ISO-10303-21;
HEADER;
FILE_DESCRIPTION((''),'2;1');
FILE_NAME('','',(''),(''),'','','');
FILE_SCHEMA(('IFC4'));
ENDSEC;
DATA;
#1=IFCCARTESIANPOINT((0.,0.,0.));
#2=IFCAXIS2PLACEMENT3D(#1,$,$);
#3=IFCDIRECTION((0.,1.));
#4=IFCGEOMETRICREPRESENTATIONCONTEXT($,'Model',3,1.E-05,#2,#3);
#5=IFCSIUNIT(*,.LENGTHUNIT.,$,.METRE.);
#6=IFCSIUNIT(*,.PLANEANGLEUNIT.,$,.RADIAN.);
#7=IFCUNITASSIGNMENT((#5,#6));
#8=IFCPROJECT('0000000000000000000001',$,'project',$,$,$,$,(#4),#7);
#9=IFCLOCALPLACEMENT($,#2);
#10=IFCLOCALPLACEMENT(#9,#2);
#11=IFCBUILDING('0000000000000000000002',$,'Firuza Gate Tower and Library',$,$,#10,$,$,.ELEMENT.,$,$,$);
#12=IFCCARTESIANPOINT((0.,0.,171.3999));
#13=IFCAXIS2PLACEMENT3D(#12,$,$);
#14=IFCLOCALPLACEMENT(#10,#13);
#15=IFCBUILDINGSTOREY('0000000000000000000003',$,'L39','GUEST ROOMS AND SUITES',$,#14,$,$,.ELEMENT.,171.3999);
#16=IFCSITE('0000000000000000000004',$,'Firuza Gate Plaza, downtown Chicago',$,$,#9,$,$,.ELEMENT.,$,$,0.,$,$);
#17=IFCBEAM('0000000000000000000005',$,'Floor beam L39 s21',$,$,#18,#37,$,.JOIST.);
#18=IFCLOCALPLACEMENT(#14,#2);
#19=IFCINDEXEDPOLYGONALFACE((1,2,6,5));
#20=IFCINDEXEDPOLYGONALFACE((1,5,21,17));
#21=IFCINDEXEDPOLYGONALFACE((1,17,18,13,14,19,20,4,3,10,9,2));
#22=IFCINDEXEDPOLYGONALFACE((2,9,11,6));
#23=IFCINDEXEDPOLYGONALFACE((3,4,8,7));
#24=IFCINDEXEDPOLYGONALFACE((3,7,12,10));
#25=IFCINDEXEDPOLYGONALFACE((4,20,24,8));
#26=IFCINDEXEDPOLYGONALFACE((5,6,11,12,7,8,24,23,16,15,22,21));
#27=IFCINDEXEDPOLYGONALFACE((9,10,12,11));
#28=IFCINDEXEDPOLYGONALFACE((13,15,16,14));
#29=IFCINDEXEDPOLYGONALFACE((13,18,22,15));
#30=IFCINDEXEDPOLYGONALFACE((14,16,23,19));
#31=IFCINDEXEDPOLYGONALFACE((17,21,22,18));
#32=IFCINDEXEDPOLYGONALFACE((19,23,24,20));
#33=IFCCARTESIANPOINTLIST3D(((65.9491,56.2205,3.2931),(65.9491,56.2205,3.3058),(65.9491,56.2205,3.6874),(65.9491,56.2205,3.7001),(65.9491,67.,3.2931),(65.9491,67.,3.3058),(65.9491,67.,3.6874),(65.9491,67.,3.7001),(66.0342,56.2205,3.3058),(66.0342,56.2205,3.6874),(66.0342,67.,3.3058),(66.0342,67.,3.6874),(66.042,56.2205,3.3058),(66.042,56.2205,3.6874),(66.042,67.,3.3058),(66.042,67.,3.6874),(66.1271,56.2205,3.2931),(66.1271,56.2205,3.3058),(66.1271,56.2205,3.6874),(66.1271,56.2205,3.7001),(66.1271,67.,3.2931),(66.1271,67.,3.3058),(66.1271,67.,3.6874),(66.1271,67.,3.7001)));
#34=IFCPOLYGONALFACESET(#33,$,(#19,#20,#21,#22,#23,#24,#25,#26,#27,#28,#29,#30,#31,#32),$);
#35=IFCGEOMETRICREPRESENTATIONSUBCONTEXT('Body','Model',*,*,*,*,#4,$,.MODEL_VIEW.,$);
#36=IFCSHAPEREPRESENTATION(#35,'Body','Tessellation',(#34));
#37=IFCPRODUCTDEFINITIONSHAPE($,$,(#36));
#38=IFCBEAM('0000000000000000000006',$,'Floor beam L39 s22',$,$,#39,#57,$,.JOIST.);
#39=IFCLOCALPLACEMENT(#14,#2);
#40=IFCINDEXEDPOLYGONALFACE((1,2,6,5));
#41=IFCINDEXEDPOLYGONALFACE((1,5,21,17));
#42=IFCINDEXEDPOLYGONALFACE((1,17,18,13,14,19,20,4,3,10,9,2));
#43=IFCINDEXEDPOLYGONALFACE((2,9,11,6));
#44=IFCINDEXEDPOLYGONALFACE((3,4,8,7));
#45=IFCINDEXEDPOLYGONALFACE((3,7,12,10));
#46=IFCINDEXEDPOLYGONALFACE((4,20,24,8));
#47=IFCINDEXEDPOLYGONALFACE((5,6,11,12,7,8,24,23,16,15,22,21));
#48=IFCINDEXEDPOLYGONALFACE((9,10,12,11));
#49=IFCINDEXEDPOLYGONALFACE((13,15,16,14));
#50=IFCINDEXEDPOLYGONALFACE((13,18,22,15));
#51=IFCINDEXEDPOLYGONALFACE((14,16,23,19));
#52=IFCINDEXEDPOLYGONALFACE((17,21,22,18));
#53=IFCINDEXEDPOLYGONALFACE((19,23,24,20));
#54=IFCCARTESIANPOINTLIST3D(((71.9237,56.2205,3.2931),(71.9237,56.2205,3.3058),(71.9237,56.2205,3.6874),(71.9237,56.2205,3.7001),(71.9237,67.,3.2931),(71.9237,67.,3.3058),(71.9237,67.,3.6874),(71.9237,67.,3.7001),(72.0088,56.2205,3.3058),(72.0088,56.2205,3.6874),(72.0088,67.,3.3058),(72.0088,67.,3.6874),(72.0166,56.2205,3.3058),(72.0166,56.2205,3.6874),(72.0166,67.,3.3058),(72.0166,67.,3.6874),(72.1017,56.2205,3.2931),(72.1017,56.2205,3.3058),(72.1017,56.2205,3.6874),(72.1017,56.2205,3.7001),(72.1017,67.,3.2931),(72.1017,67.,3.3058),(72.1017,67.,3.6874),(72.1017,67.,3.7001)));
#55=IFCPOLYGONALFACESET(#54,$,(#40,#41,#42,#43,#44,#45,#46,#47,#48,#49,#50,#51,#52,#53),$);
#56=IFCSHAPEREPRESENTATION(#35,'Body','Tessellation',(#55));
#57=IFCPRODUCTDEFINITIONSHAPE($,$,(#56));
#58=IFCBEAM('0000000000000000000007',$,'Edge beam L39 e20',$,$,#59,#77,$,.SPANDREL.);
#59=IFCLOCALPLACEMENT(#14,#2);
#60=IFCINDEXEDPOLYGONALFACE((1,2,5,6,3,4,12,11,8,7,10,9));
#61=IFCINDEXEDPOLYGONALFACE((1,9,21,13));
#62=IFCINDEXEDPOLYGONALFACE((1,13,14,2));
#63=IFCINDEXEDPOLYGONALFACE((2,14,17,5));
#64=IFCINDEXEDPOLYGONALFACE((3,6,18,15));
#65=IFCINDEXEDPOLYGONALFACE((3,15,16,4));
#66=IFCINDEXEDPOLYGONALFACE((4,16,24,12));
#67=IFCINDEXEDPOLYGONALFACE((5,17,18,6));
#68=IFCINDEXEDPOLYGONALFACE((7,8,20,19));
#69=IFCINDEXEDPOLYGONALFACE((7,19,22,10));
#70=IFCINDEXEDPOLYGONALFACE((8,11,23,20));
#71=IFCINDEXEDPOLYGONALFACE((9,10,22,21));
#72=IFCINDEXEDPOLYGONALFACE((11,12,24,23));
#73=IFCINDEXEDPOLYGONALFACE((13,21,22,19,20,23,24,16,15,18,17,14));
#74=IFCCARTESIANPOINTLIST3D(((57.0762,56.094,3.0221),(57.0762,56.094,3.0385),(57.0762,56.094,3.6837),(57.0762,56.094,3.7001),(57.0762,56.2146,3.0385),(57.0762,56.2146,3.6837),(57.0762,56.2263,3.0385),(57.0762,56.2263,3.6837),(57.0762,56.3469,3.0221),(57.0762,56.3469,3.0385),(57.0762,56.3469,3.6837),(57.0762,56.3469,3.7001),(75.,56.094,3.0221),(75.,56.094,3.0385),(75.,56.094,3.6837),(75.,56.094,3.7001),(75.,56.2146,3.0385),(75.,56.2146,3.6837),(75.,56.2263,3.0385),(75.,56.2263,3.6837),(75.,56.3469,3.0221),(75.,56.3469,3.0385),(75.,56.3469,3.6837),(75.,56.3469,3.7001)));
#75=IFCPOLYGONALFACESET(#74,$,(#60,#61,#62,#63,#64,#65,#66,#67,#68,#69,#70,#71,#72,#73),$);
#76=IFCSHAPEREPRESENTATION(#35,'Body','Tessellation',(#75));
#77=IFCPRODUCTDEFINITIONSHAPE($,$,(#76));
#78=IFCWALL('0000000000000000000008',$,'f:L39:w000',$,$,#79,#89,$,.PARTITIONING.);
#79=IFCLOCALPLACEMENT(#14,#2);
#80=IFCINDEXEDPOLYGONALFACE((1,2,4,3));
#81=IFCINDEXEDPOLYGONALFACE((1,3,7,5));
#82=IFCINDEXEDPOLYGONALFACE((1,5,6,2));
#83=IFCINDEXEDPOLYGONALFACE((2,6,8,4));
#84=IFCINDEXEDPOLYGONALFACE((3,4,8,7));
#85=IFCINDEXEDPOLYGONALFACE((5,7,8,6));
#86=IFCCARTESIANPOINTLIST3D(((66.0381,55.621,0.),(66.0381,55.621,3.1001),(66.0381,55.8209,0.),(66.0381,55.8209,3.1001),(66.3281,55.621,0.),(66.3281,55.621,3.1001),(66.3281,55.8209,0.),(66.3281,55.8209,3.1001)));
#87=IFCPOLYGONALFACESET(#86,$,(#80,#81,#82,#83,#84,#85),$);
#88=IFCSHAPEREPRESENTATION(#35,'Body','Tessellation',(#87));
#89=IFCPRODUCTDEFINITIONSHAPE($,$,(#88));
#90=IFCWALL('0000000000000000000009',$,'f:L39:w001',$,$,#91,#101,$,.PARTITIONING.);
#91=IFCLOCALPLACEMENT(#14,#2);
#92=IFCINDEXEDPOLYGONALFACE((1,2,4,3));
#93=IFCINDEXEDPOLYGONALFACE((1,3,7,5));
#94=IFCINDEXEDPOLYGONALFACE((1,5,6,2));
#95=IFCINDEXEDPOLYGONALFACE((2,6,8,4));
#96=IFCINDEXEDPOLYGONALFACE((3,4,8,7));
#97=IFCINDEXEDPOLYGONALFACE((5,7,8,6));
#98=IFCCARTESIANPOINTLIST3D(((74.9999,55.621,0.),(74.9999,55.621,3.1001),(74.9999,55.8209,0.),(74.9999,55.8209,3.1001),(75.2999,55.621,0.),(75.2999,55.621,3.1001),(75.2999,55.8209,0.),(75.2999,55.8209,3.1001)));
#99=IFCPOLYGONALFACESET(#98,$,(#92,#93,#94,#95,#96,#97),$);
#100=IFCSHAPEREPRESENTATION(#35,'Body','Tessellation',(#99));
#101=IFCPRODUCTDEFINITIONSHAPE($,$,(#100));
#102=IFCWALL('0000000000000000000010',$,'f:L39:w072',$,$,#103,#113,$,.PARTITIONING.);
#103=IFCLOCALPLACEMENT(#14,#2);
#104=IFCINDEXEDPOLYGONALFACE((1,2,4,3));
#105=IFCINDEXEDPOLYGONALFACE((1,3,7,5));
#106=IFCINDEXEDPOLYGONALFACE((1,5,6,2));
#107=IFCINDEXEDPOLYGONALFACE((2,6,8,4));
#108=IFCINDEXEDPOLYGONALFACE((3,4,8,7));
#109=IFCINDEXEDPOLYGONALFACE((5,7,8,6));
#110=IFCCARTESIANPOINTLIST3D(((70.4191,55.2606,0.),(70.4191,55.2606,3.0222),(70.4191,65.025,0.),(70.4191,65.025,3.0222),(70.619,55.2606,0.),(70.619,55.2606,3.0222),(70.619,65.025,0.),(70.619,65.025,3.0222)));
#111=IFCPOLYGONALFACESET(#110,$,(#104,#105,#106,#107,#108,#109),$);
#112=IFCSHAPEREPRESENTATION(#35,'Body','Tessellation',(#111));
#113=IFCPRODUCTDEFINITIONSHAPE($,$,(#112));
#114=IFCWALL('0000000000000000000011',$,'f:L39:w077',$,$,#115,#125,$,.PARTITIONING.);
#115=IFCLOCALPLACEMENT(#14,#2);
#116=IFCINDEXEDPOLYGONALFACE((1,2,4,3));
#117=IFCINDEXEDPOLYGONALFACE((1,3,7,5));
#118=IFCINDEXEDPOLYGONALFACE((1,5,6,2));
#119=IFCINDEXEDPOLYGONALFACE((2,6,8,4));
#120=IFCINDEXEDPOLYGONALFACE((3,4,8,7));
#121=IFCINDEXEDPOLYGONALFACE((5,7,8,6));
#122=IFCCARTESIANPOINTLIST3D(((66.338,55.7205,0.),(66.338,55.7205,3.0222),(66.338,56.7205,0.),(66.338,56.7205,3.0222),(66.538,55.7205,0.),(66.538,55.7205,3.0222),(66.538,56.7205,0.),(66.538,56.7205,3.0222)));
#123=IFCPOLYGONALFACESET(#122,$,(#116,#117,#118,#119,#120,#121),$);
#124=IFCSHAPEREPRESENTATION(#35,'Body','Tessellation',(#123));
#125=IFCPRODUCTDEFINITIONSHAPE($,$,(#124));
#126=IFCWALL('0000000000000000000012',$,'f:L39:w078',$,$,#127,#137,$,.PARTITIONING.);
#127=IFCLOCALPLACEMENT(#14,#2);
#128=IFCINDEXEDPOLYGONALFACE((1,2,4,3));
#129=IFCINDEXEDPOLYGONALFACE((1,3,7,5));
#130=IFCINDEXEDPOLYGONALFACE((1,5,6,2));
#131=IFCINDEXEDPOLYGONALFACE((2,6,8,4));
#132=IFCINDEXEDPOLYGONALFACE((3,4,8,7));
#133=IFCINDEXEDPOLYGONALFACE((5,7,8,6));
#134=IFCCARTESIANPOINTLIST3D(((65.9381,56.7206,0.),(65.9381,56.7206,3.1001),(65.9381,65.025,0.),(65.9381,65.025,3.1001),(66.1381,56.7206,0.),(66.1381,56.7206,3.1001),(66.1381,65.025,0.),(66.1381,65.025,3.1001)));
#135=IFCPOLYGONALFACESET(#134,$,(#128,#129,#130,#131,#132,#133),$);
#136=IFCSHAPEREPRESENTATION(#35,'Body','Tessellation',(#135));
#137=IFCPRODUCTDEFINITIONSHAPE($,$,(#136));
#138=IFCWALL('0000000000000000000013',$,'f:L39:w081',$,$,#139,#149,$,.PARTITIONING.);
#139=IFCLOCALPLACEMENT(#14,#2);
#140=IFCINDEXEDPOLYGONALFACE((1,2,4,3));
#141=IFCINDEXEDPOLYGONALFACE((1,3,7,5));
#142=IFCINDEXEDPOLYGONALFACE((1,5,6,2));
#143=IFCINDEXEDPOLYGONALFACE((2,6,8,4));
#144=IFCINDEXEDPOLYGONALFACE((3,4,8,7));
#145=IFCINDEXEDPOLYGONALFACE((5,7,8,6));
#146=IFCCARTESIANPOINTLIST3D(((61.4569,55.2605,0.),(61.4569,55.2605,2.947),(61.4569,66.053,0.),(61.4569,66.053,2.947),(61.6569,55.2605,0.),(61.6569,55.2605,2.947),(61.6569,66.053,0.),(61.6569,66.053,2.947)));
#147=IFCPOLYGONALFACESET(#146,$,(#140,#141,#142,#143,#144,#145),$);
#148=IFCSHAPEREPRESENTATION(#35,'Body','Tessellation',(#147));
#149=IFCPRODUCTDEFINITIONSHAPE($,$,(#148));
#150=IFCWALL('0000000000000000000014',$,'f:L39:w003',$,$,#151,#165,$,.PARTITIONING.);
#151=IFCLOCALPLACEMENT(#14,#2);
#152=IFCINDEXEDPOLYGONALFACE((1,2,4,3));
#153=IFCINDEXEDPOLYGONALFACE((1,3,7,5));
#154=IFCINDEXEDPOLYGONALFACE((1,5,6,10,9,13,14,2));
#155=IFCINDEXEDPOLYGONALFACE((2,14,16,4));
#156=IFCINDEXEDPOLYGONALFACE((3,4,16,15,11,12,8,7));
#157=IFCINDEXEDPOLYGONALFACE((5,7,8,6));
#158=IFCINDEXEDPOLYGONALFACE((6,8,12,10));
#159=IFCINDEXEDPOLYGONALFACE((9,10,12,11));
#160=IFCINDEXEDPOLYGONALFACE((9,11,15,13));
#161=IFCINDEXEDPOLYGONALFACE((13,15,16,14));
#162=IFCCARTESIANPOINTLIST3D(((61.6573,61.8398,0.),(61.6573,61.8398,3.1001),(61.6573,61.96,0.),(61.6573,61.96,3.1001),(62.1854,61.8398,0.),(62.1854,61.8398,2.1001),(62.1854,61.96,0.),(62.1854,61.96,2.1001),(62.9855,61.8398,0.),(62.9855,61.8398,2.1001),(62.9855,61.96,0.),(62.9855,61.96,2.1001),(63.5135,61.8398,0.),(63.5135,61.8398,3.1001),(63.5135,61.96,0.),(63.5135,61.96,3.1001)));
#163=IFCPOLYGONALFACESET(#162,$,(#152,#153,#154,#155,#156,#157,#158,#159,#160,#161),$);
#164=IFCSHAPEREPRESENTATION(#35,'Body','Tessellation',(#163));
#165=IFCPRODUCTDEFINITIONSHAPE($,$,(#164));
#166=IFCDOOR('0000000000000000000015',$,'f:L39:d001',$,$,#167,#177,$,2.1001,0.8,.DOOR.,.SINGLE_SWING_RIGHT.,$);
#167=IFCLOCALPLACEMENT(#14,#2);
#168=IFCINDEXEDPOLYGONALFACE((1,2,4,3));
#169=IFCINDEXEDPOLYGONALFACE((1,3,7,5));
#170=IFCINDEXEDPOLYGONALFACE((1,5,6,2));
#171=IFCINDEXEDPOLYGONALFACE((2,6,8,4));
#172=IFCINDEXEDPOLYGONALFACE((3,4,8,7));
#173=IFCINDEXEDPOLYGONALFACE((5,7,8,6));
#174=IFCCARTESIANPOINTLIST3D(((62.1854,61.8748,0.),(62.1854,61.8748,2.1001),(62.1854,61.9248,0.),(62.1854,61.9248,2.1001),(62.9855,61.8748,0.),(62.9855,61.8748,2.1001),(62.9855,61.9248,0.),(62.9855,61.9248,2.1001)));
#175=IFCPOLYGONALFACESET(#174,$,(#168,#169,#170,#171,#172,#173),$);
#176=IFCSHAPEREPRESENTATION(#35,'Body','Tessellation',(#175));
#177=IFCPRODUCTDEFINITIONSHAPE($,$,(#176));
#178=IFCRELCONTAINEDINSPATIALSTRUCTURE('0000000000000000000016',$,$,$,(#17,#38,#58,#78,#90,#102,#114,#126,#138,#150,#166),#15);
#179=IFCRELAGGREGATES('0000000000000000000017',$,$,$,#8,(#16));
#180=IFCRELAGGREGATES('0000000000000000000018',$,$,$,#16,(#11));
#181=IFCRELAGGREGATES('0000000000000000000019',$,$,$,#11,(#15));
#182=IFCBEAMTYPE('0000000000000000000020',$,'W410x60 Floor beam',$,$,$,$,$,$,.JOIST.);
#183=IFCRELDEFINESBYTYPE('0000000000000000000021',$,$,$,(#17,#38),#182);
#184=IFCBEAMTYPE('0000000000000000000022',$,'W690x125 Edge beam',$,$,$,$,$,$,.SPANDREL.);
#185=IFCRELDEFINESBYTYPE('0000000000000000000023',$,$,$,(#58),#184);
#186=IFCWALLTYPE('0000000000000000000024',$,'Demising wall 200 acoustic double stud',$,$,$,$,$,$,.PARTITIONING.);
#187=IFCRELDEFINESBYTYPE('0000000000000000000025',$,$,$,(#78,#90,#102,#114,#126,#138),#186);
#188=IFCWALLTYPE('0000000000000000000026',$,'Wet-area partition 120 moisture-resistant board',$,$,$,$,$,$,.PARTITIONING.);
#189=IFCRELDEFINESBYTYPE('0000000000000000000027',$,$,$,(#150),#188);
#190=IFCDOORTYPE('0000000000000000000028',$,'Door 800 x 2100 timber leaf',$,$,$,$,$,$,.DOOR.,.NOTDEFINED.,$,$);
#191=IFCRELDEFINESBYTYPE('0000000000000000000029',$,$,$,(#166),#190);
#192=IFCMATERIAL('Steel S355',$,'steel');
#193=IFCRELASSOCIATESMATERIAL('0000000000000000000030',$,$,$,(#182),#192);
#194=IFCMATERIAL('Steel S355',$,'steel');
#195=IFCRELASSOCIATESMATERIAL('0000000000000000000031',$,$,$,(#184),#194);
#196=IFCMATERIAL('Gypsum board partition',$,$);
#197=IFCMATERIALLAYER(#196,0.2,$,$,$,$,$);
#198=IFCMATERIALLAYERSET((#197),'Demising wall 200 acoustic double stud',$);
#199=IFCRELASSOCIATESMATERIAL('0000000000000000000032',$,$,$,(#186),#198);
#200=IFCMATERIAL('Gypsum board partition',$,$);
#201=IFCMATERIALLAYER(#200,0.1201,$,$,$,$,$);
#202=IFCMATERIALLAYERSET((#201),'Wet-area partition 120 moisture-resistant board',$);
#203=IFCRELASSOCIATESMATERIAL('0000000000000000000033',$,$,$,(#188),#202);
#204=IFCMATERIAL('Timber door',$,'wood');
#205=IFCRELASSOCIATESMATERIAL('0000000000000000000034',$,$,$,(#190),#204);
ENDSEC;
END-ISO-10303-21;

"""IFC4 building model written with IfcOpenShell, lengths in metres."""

from ifc_helpers import new_model, si_unit, direction, frame, frame_2d, origin, origin_2d, place, context, subcontext, project, spatial, rectangle, i_section, extrude, material, layer, layer_set, material_profile, profile_set, type_object, element, fill, save


model = new_model("IFC4")

# Units and contexts
model_context = context("Model", 3, precision=1e-05, world=origin(), true_north=direction((0.0, 1.0)))
body_context = subcontext(model_context, "Body", "Model", "MODEL_VIEW")
ifc_project = project(units=[si_unit("LENGTHUNIT", "METRE"), si_unit("PLANEANGLEUNIT", "RADIAN")], contexts=[model_context])

# Site, building, storey
site_placement = place(None, origin())
site = spatial("IfcSite", under=ifc_project, at=site_placement, Name="Firuza Gate Plaza, downtown Chicago", CompositionType="ELEMENT", RefElevation=0.0)
building_placement = place(site_placement, origin())
building = spatial("IfcBuilding", under=site, at=building_placement, Name="Firuza Gate Tower and Library", CompositionType="ELEMENT")
storey_placement = place(building_placement, frame((0.0, 0.0, 171.3999)))
storey = spatial("IfcBuildingStorey", under=building, at=storey_placement, Name="L39", Description="GUEST ROOMS AND SUITES", CompositionType="ELEMENT", Elevation=171.3999)

# Beams
ifc_material_1 = material(Name="Steel S355", Category="steel")
ifc_material_profile_1 = material_profile(ifc_material_1, i_section(OverallWidth=0.178, OverallDepth=0.407, WebThickness=0.0078, FlangeThickness=0.0127, at=origin_2d()))
ifc_profile_set_1 = profile_set([ifc_material_profile_1], Name="Steel S355")
beam_type_1 = type_object("IfcBeamType", Name="W410x60 Floor beam", PredefinedType="JOIST", material=ifc_profile_set_1)
for number, where, z_axis, x_axis, name in (
    (1, (66.0381, 56.2205, 3.4966), (0.0, 1.0, 0.0), (-1.0, 0.0, 0.0), "Floor beam L39 s21"),
    (2, (72.0127, 56.2205, 3.4966), (0.0, 1.0, 0.0), (-1.0, 0.0, 0.0), "Floor beam L39 s22"),
):
    element("IfcBeam", number, at=place(storey_placement, frame(where, z_axis=z_axis, x_axis=x_axis)), inside=storey, type_object=beam_type_1, Name=name, PredefinedType="JOIST", context=body_context, shape_type="SweptSolid", body=[
        extrude(i_section(OverallWidth=0.178, OverallDepth=0.407, WebThickness=0.0078, FlangeThickness=0.0127, at=origin_2d()), origin(), (0.0, 0.0, 1.0), 10.7795),
    ])
ifc_material_2 = material(Name="Steel S355", Category="steel")
ifc_material_profile_2 = material_profile(ifc_material_2, i_section(OverallWidth=0.2529, OverallDepth=0.678, WebThickness=0.0117, FlangeThickness=0.0164, at=origin_2d()))
ifc_profile_set_2 = profile_set([ifc_material_profile_2], Name="Steel S355")
beam_type_2 = type_object("IfcBeamType", Name="W690x125 Edge beam", PredefinedType="SPANDREL", material=ifc_profile_set_2)
beam_1_placement = place(storey_placement, frame((57.0762, 56.2205, 3.3611), z_axis=(1.0, 0.0, 0.0), x_axis=(0.0, 1.0, 0.0)))
element("IfcBeam", 3, at=beam_1_placement, inside=storey, type_object=beam_type_2, Name="Edge beam L39 e20", PredefinedType="SPANDREL", context=body_context, shape_type="SweptSolid", body=[
    extrude(i_section(OverallWidth=0.2529, OverallDepth=0.678, WebThickness=0.0117, FlangeThickness=0.0164, at=origin_2d()), origin(), (0.0, 0.0, 1.0), 17.9238),
])

# Walls
ifc_material_3 = material(Name="Gypsum board partition")
ifc_layer_1 = layer(ifc_material_3, 0.2)
ifc_layer_set_1 = layer_set([ifc_layer_1], Name="Demising wall 200 acoustic double stud")
wall_type_1 = type_object("IfcWallType", Name="Demising wall 200 acoustic double stud", PredefinedType="PARTITIONING", material=ifc_layer_set_1)
wall_1_placement = place(storey_placement, frame((66.0381, 55.7209, 0.0), z_axis=(0.0, 0.0, 1.0), x_axis=(1.0, 0.0, 0.0)))
element("IfcWall", 4, at=wall_1_placement, inside=storey, type_object=wall_type_1, Name="f:L39:w000", PredefinedType="PARTITIONING", context=body_context, shape_type="SweptSolid", body=[
    extrude(rectangle(XDim=0.29, YDim=0.2, at=frame_2d((0.145, 0.0))), origin(), (0.0, 0.0, 1.0), 3.1001),
])
wall_2_placement = place(storey_placement, frame((75.0, 55.7209, 0.0), z_axis=(0.0, 0.0, 1.0), x_axis=(1.0, 0.0, 0.0)))
element("IfcWall", 5, at=wall_2_placement, inside=storey, type_object=wall_type_1, Name="f:L39:w001", PredefinedType="PARTITIONING", context=body_context, shape_type="SweptSolid", body=[
    extrude(rectangle(XDim=0.3, YDim=0.2, at=frame_2d((0.1499, 0.0))), origin(), (0.0, 0.0, 1.0), 3.1001),
])
wall_3_placement = place(storey_placement, frame((70.519, 55.2605, 0.0), z_axis=(0.0, 0.0, 1.0), x_axis=(0.0, 1.0, 0.0)))
element("IfcWall", 6, at=wall_3_placement, inside=storey, type_object=wall_type_1, Name="f:L39:w072", PredefinedType="PARTITIONING", context=body_context, shape_type="SweptSolid", body=[
    extrude(rectangle(XDim=9.7644, YDim=0.2, at=frame_2d((4.8823, 0.0))), origin(), (0.0, 0.0, 1.0), 3.0222),
])
wall_4_placement = place(storey_placement, frame((66.438, 55.7205, 0.0), z_axis=(0.0, 0.0, 1.0), x_axis=(0.0, 1.0, 0.0)))
element("IfcWall", 7, at=wall_4_placement, inside=storey, type_object=wall_type_1, Name="f:L39:w077", PredefinedType="PARTITIONING", context=body_context, shape_type="SweptSolid", body=[
    extrude(rectangle(XDim=1.0, YDim=0.2, at=frame_2d((0.5, 0.0))), origin(), (0.0, 0.0, 1.0), 3.0222),
])
wall_5_placement = place(storey_placement, frame((66.0381, 56.7205, 0.0), z_axis=(0.0, 0.0, 1.0), x_axis=(0.0, 1.0, 0.0)))
element("IfcWall", 8, at=wall_5_placement, inside=storey, type_object=wall_type_1, Name="f:L39:w078", PredefinedType="PARTITIONING", context=body_context, shape_type="SweptSolid", body=[
    extrude(rectangle(XDim=8.3044, YDim=0.2, at=frame_2d((4.1523, 0.0))), origin(), (0.0, 0.0, 1.0), 3.1001),
])
wall_6_placement = place(storey_placement, frame((61.5569, 55.2605, 0.0), z_axis=(0.0, 0.0, 1.0), x_axis=(0.0, 1.0, 0.0)))
element("IfcWall", 9, at=wall_6_placement, inside=storey, type_object=wall_type_1, Name="f:L39:w081", PredefinedType="PARTITIONING", context=body_context, shape_type="SweptSolid", body=[
    extrude(rectangle(XDim=10.7925, YDim=0.2, at=frame_2d((5.3962, 0.0))), origin(), (0.0, 0.0, 1.0), 2.947),
])

# Wall, opening, door
ifc_material_4 = material(Name="Gypsum board partition")
ifc_layer_2 = layer(ifc_material_4, 0.1201)
ifc_layer_set_2 = layer_set([ifc_layer_2], Name="Wet-area partition 120 moisture-resistant board")
wall_type_2 = type_object("IfcWallType", Name="Wet-area partition 120 moisture-resistant board", PredefinedType="PARTITIONING", material=ifc_layer_set_2)
wall_7_placement = place(storey_placement, frame((61.6572, 61.8999, 0.0), z_axis=(0.0, 0.0, 1.0), x_axis=(1.0, 0.0, 0.0)))
wall_7 = element("IfcWall", 10, at=wall_7_placement, inside=storey, type_object=wall_type_2, Name="f:L39:w003", PredefinedType="PARTITIONING", context=body_context, shape_type="SweptSolid", body=[
    extrude(rectangle(XDim=1.8562, YDim=0.1201, at=frame_2d((0.9282, 0.0))), origin(), (0.0, 0.0, 1.0), 3.1001),
])
opening_placement = place(wall_7_placement, frame((0.5283, 0.0, 0.0)))
opening = element("IfcOpeningElement", 11, at=opening_placement, cuts=wall_7, PredefinedType="OPENING", context=body_context, shape_type="SweptSolid", body=[
    extrude(rectangle(XDim=0.8, YDim=2.1001, at=frame_2d((0.3999, 1.05))), frame((0.0, 0.0701, 0.0), z_axis=(0.0, -1.0, 0.0), x_axis=(1.0, 0.0, 0.0)), (0.0, 0.0, 1.0), 0.1401),
])
ifc_material_5 = material(Name="Timber door", Category="wood")
door_type = type_object("IfcDoorType", Name="Door 800 x 2100 timber leaf", OperationType="NOTDEFINED", PredefinedType="DOOR", material=ifc_material_5)
door_placement = place(opening_placement, origin())
door = element("IfcDoor", 12, at=door_placement, inside=storey, type_object=door_type, Name="f:L39:d001", OperationType="SINGLE_SWING_RIGHT", OverallHeight=2.1001, OverallWidth=0.8, PredefinedType="DOOR", context=body_context, shape_type="SweptSolid", body=[
    extrude(rectangle(XDim=0.8, YDim=2.1001, at=frame_2d((0.3999, 1.05))), frame((0.0, 0.0249, 0.0), z_axis=(0.0, -1.0, 0.0), x_axis=(1.0, 0.0, 0.0)), (0.0, 0.0, 1.0), 0.05),
])
fill(opening, door)

save(model, "model.ifc")
